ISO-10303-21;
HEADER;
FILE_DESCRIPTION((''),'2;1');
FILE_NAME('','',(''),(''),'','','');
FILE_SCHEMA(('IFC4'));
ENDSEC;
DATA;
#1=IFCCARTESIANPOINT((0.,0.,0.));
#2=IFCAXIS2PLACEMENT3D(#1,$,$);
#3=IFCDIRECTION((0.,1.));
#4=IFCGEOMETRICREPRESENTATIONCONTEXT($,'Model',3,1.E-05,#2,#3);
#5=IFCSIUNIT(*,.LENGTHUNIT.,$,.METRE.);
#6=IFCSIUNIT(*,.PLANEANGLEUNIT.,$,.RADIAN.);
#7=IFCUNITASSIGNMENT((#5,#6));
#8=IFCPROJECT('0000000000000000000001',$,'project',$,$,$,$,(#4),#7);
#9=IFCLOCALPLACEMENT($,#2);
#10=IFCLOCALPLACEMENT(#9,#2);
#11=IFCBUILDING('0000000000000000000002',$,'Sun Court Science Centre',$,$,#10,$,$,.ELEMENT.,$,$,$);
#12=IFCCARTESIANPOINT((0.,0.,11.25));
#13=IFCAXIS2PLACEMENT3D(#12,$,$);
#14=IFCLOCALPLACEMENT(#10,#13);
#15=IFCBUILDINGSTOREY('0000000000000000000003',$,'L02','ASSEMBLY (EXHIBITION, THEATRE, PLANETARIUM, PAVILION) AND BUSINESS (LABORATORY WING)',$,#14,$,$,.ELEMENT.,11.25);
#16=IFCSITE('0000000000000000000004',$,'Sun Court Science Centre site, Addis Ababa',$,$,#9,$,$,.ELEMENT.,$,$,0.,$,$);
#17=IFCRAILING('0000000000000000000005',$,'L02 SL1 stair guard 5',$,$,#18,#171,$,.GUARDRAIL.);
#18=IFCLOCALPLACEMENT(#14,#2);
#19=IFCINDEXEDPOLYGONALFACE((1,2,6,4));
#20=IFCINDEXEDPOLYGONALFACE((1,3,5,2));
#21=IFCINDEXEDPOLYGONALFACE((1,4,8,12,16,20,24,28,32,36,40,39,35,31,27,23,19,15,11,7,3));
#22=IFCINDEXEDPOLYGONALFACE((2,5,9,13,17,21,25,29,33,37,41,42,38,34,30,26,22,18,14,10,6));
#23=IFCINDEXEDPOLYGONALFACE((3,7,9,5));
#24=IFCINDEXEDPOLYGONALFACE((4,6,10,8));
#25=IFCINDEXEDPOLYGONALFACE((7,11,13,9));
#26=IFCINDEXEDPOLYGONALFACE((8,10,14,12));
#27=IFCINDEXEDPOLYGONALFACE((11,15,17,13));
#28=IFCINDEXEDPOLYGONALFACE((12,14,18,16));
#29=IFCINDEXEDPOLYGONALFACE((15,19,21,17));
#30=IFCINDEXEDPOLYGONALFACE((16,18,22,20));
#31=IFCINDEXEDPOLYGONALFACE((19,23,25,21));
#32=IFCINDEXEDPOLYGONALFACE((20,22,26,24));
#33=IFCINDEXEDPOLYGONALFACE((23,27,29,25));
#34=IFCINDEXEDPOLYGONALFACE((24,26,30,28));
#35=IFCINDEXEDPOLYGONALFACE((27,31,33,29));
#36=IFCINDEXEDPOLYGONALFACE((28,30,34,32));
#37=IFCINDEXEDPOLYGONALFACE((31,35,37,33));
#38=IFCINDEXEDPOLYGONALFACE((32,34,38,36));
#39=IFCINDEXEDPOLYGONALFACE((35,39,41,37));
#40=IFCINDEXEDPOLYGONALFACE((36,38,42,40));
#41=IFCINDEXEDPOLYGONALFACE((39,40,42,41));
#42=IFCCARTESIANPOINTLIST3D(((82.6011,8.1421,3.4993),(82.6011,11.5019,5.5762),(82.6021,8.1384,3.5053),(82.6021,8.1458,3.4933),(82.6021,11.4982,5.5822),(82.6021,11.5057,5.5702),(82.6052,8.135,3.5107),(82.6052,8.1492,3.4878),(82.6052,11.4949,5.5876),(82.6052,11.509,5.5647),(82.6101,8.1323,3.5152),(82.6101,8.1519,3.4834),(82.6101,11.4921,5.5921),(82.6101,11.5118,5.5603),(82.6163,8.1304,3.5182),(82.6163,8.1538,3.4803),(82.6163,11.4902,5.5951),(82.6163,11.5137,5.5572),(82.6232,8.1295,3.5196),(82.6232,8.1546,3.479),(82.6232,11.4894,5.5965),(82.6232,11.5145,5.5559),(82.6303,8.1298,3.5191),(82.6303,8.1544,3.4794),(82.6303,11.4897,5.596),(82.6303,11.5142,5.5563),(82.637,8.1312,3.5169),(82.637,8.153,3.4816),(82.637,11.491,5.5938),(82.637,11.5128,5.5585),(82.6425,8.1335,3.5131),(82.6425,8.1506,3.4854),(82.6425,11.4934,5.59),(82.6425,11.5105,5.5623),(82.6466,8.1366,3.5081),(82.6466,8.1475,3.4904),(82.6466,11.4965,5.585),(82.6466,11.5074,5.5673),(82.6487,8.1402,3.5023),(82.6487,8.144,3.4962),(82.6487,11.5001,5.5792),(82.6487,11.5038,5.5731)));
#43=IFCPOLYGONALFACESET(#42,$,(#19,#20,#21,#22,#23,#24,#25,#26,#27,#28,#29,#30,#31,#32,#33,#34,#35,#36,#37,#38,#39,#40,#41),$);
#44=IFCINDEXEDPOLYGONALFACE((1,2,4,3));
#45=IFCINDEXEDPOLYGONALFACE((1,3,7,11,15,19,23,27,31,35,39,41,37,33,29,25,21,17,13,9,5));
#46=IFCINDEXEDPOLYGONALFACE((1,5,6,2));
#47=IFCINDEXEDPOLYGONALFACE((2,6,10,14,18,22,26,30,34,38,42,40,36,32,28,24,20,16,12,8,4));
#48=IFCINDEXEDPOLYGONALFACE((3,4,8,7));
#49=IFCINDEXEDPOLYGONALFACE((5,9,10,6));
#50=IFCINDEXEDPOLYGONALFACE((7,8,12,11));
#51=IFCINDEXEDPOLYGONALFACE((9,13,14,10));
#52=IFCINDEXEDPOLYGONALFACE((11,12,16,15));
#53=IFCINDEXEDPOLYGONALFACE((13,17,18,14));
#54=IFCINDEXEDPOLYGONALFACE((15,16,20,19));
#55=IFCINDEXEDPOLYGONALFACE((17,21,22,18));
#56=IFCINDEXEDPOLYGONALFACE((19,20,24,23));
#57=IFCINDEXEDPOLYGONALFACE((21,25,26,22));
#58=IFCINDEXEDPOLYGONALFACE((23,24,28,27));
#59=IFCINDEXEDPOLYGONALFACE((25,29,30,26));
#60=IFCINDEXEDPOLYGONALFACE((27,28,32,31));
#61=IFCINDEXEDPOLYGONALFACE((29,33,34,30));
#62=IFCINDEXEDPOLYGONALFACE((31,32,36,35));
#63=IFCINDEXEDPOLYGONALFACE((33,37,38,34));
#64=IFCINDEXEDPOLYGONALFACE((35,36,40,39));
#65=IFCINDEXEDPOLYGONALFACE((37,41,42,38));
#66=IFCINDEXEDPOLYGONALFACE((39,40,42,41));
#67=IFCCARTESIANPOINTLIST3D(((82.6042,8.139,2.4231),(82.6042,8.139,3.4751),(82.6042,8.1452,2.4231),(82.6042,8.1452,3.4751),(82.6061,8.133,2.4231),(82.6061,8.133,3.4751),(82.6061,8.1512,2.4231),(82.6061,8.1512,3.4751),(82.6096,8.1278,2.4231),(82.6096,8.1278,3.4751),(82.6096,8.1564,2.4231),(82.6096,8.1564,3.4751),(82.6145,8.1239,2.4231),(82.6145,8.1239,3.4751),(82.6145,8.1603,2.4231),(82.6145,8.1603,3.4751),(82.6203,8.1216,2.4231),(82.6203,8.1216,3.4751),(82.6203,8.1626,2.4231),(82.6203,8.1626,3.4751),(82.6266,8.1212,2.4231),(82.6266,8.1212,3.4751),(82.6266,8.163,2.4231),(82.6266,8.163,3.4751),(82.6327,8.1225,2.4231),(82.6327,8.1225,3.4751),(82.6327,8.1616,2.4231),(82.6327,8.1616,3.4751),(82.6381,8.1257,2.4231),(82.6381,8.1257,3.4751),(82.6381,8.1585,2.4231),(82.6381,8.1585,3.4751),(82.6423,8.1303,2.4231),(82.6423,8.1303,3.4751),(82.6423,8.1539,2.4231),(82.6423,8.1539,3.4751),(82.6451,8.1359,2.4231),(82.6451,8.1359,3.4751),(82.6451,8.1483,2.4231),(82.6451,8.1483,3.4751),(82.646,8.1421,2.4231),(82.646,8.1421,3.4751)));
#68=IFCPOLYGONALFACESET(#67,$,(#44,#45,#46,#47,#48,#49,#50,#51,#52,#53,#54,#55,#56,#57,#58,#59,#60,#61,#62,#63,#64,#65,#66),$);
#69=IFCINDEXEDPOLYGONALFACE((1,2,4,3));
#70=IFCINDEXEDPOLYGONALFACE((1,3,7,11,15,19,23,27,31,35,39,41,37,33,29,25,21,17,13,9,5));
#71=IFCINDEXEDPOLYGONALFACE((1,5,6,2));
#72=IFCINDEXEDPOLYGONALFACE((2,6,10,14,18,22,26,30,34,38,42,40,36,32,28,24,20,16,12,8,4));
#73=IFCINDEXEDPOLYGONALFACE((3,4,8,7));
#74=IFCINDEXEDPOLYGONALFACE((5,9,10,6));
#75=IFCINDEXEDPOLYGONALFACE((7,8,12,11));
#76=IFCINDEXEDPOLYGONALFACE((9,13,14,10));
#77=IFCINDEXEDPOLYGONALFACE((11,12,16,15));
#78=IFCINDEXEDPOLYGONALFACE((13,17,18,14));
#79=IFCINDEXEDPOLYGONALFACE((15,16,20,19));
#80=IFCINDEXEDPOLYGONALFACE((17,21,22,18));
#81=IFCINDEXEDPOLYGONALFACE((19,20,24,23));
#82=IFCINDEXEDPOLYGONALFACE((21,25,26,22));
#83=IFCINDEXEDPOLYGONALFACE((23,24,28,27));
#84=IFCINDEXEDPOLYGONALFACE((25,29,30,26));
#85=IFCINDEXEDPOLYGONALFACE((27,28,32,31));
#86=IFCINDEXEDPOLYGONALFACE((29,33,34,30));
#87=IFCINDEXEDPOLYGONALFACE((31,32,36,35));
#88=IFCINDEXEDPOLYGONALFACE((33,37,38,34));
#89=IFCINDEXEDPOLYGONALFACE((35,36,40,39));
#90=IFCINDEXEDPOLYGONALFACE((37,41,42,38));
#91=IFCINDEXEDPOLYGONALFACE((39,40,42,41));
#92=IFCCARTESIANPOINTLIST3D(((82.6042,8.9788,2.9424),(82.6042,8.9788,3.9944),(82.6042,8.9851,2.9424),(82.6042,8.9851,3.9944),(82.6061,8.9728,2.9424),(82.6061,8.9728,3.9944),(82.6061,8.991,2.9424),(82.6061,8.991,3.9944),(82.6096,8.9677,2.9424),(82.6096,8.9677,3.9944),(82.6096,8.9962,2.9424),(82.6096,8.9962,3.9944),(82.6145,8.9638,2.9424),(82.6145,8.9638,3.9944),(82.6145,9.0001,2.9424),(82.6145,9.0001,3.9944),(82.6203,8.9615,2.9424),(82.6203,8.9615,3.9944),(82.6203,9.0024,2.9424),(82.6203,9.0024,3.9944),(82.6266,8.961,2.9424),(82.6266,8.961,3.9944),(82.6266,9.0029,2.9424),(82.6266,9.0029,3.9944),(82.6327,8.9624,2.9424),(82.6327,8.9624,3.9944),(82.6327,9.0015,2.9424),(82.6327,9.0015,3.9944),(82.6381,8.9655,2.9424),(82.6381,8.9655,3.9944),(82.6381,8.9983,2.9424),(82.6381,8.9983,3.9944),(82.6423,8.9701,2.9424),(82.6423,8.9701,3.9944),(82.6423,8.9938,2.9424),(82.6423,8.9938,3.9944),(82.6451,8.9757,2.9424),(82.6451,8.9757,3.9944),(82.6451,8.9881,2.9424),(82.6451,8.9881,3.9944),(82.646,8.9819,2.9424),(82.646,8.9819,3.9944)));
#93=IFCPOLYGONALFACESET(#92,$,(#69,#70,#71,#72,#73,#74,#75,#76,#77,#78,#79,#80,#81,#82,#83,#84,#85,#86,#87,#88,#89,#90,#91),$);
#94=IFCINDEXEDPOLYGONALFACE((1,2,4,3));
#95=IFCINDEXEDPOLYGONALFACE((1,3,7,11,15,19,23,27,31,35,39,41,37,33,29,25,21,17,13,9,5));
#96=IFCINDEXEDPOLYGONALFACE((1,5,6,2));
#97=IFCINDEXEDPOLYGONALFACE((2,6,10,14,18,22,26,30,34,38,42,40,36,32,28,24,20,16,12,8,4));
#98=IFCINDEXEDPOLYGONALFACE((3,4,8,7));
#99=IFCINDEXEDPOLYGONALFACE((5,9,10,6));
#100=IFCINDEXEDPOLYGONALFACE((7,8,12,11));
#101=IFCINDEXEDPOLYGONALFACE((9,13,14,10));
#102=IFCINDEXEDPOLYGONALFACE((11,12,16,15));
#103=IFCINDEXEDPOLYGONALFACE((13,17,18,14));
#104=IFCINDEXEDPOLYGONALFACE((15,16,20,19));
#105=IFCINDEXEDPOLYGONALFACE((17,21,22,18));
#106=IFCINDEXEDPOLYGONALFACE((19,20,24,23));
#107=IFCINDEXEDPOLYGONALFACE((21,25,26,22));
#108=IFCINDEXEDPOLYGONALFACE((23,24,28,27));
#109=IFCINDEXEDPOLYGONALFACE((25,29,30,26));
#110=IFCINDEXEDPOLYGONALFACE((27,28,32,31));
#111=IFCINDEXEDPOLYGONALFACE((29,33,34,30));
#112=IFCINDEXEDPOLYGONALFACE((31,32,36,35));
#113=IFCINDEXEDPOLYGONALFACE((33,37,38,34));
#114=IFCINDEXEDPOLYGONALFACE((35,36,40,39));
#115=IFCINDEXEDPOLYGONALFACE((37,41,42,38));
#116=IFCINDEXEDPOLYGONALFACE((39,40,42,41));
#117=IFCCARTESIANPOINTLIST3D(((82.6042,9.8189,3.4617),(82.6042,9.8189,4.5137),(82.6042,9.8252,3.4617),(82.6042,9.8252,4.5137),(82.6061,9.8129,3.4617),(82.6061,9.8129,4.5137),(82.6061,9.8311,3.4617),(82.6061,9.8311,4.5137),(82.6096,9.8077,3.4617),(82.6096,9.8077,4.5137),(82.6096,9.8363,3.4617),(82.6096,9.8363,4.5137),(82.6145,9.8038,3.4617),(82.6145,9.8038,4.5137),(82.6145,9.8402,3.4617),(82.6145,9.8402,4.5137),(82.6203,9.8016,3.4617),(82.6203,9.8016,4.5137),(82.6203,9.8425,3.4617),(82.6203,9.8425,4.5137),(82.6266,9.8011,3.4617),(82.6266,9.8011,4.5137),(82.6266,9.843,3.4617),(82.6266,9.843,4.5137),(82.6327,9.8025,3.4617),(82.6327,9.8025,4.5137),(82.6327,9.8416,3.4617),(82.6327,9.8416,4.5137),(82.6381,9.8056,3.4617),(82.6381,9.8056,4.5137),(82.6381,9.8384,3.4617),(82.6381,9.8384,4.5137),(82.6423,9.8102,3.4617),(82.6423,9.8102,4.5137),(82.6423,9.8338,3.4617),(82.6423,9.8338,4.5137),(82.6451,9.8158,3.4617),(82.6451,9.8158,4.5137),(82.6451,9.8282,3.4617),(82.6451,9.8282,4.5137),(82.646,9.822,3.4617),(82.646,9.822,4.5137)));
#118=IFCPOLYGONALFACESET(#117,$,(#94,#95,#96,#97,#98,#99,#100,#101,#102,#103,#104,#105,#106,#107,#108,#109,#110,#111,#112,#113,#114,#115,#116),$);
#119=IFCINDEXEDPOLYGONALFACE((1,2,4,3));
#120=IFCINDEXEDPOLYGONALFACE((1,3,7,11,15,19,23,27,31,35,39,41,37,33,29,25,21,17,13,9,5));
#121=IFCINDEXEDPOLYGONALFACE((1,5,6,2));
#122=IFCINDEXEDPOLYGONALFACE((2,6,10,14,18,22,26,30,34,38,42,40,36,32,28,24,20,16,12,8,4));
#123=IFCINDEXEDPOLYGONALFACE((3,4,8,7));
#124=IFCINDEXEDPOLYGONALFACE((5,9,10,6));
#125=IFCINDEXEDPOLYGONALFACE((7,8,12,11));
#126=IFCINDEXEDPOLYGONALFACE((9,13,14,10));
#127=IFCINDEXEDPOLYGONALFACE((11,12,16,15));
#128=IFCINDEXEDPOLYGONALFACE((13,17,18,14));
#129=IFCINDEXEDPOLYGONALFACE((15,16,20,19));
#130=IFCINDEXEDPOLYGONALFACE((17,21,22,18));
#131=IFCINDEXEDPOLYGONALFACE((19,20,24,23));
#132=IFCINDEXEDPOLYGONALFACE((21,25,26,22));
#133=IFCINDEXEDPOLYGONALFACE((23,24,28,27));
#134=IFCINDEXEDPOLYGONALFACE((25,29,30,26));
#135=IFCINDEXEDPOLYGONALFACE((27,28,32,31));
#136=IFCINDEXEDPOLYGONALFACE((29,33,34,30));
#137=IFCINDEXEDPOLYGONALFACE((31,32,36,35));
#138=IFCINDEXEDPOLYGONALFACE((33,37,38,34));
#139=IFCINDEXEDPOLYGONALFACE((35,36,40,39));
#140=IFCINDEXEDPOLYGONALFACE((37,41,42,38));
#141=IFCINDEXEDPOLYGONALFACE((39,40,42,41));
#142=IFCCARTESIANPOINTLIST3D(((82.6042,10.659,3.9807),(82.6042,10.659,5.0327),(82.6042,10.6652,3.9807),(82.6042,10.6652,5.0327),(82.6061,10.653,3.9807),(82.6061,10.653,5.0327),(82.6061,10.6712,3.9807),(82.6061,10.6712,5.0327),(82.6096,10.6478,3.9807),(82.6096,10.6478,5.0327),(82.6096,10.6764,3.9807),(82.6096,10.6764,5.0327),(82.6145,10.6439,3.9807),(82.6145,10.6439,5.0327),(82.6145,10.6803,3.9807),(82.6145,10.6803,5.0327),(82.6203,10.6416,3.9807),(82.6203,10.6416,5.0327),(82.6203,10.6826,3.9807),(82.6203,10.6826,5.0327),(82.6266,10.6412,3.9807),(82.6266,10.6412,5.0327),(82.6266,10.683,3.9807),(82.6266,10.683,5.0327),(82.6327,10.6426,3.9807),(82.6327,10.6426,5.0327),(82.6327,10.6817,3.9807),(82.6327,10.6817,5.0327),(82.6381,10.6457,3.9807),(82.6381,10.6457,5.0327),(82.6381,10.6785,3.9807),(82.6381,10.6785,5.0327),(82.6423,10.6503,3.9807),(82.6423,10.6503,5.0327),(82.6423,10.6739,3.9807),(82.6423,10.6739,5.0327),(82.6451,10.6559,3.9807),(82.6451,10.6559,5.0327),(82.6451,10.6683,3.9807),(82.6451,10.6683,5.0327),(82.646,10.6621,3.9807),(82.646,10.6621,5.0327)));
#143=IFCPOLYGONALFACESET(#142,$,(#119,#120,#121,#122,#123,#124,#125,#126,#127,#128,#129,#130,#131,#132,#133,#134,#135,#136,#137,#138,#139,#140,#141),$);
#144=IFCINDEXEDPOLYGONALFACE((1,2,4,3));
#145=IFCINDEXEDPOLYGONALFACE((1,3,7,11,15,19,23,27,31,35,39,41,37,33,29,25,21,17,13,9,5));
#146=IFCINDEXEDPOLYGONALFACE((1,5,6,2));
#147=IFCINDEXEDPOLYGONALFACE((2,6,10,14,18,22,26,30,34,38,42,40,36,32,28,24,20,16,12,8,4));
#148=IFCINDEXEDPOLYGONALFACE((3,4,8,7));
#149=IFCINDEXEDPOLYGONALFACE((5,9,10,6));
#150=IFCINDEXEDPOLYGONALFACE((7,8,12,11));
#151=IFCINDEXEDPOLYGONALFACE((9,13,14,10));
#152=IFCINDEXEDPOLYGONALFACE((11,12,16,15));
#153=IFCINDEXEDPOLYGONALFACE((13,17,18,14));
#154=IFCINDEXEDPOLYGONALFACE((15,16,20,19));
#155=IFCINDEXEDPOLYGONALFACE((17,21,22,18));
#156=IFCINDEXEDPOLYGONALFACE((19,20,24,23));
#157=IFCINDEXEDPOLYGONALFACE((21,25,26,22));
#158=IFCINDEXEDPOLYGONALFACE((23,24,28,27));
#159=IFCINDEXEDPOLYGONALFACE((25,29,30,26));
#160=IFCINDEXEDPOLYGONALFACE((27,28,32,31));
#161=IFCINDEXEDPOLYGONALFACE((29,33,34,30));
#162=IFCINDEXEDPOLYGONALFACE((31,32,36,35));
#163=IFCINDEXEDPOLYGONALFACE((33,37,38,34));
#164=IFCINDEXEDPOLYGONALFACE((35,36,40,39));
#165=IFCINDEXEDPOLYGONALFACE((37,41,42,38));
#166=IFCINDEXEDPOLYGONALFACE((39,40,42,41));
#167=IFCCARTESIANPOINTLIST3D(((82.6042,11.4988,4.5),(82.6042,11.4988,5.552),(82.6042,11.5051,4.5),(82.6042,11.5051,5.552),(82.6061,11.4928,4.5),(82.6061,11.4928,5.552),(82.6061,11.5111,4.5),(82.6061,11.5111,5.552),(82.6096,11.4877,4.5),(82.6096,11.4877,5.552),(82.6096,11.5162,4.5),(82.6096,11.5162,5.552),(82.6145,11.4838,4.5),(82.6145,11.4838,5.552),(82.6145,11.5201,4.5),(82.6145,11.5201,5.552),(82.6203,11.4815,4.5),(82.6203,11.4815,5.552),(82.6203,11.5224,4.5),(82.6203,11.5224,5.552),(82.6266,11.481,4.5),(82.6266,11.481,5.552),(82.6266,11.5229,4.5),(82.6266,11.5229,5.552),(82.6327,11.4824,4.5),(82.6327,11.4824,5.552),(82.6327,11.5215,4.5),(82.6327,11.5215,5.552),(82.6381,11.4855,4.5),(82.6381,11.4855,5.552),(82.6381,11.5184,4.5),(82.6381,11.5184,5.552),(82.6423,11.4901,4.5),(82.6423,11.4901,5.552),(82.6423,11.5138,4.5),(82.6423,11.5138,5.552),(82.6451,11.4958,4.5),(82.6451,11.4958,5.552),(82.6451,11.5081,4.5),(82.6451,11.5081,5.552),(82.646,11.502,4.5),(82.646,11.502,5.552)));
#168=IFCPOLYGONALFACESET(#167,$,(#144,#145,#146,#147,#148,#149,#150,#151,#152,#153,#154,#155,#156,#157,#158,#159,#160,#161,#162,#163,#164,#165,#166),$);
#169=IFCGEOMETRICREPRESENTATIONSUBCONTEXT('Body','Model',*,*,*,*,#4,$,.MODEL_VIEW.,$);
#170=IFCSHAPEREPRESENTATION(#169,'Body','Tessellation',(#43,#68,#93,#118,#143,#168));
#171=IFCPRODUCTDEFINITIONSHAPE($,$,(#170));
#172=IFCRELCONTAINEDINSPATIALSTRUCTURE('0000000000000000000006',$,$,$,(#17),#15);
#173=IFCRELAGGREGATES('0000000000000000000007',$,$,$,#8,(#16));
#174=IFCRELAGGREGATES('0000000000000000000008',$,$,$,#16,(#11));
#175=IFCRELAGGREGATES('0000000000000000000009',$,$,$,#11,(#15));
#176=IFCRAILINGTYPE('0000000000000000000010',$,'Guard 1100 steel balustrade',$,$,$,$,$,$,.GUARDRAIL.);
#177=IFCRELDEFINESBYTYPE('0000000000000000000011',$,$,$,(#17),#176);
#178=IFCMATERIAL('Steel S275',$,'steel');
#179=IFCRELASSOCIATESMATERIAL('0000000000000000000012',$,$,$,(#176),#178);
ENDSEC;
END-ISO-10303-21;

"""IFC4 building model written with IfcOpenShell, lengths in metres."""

from ifc_helpers import new_model, si_unit, direction, frame, origin, origin_2d, place, context, subcontext, project, spatial, circle, extrude, material, type_object, element, save


model = new_model("IFC4")

# Units and contexts
model_context = context("Model", 3, precision=1e-05, world=origin(), true_north=direction((0.0, 1.0)))
body_context = subcontext(model_context, "Body", "Model", "MODEL_VIEW")
ifc_project = project(units=[si_unit("LENGTHUNIT", "METRE"), si_unit("PLANEANGLEUNIT", "RADIAN")], contexts=[model_context])

# Site, building, storey
site_placement = place(None, origin())
site = spatial("IfcSite", under=ifc_project, at=site_placement, Name="Sun Court Science Centre site, Addis Ababa", CompositionType="ELEMENT", RefElevation=0.0)
building_placement = place(site_placement, origin())
building = spatial("IfcBuilding", under=site, at=building_placement, Name="Sun Court Science Centre", CompositionType="ELEMENT")
storey_placement = place(building_placement, frame((0.0, 0.0, 11.25)))
storey = spatial("IfcBuildingStorey", under=building, at=storey_placement, Name="L02", Description="ASSEMBLY (EXHIBITION, THEATRE, PLANETARIUM, PAVILION) AND BUSINESS (LABORATORY WING)", CompositionType="ELEMENT", Elevation=11.25)

# Railing
ifc_material_1 = material(Name="Steel S275", Category="steel")
railing_type_1 = type_object("IfcRailingType", Name="Guard 1100 steel balustrade", PredefinedType="GUARDRAIL", material=ifc_material_1)
railing_1_placement = place(storey_placement, frame((82.625, 8.1421, 2.4231)))
element("IfcRailing", 1, at=railing_1_placement, inside=storey, type_object=railing_type_1, Name="L02 SL1 stair guard 5", PredefinedType="GUARDRAIL", context=body_context, shape_type="SweptSolid", body=[
    extrude(circle(Radius=0.0239, at=origin_2d()), frame((0.0, 0.0, 1.0762), z_axis=(0.0, 0.850606, 0.525803), x_axis=(-1.0, 0.0, 0.0)), (0.0, 0.0, 1.0), 3.95),
    extrude(circle(Radius=0.021, at=origin_2d()), origin(), (0.0, 0.0, 1.0), 1.052),
    extrude(circle(Radius=0.021, at=origin_2d()), frame((0.0, 0.8398, 0.5193)), (0.0, 0.0, 1.0), 1.052),
    extrude(circle(Radius=0.021, at=origin_2d()), frame((0.0, 1.6799, 1.0386)), (0.0, 0.0, 1.0), 1.052),
    extrude(circle(Radius=0.021, at=origin_2d()), frame((0.0, 2.52, 1.5576)), (0.0, 0.0, 1.0), 1.052),
    extrude(circle(Radius=0.021, at=origin_2d()), frame((0.0, 3.3599, 2.0769)), (0.0, 0.0, 1.0), 1.052),
])

save(model, "model.ifc")
